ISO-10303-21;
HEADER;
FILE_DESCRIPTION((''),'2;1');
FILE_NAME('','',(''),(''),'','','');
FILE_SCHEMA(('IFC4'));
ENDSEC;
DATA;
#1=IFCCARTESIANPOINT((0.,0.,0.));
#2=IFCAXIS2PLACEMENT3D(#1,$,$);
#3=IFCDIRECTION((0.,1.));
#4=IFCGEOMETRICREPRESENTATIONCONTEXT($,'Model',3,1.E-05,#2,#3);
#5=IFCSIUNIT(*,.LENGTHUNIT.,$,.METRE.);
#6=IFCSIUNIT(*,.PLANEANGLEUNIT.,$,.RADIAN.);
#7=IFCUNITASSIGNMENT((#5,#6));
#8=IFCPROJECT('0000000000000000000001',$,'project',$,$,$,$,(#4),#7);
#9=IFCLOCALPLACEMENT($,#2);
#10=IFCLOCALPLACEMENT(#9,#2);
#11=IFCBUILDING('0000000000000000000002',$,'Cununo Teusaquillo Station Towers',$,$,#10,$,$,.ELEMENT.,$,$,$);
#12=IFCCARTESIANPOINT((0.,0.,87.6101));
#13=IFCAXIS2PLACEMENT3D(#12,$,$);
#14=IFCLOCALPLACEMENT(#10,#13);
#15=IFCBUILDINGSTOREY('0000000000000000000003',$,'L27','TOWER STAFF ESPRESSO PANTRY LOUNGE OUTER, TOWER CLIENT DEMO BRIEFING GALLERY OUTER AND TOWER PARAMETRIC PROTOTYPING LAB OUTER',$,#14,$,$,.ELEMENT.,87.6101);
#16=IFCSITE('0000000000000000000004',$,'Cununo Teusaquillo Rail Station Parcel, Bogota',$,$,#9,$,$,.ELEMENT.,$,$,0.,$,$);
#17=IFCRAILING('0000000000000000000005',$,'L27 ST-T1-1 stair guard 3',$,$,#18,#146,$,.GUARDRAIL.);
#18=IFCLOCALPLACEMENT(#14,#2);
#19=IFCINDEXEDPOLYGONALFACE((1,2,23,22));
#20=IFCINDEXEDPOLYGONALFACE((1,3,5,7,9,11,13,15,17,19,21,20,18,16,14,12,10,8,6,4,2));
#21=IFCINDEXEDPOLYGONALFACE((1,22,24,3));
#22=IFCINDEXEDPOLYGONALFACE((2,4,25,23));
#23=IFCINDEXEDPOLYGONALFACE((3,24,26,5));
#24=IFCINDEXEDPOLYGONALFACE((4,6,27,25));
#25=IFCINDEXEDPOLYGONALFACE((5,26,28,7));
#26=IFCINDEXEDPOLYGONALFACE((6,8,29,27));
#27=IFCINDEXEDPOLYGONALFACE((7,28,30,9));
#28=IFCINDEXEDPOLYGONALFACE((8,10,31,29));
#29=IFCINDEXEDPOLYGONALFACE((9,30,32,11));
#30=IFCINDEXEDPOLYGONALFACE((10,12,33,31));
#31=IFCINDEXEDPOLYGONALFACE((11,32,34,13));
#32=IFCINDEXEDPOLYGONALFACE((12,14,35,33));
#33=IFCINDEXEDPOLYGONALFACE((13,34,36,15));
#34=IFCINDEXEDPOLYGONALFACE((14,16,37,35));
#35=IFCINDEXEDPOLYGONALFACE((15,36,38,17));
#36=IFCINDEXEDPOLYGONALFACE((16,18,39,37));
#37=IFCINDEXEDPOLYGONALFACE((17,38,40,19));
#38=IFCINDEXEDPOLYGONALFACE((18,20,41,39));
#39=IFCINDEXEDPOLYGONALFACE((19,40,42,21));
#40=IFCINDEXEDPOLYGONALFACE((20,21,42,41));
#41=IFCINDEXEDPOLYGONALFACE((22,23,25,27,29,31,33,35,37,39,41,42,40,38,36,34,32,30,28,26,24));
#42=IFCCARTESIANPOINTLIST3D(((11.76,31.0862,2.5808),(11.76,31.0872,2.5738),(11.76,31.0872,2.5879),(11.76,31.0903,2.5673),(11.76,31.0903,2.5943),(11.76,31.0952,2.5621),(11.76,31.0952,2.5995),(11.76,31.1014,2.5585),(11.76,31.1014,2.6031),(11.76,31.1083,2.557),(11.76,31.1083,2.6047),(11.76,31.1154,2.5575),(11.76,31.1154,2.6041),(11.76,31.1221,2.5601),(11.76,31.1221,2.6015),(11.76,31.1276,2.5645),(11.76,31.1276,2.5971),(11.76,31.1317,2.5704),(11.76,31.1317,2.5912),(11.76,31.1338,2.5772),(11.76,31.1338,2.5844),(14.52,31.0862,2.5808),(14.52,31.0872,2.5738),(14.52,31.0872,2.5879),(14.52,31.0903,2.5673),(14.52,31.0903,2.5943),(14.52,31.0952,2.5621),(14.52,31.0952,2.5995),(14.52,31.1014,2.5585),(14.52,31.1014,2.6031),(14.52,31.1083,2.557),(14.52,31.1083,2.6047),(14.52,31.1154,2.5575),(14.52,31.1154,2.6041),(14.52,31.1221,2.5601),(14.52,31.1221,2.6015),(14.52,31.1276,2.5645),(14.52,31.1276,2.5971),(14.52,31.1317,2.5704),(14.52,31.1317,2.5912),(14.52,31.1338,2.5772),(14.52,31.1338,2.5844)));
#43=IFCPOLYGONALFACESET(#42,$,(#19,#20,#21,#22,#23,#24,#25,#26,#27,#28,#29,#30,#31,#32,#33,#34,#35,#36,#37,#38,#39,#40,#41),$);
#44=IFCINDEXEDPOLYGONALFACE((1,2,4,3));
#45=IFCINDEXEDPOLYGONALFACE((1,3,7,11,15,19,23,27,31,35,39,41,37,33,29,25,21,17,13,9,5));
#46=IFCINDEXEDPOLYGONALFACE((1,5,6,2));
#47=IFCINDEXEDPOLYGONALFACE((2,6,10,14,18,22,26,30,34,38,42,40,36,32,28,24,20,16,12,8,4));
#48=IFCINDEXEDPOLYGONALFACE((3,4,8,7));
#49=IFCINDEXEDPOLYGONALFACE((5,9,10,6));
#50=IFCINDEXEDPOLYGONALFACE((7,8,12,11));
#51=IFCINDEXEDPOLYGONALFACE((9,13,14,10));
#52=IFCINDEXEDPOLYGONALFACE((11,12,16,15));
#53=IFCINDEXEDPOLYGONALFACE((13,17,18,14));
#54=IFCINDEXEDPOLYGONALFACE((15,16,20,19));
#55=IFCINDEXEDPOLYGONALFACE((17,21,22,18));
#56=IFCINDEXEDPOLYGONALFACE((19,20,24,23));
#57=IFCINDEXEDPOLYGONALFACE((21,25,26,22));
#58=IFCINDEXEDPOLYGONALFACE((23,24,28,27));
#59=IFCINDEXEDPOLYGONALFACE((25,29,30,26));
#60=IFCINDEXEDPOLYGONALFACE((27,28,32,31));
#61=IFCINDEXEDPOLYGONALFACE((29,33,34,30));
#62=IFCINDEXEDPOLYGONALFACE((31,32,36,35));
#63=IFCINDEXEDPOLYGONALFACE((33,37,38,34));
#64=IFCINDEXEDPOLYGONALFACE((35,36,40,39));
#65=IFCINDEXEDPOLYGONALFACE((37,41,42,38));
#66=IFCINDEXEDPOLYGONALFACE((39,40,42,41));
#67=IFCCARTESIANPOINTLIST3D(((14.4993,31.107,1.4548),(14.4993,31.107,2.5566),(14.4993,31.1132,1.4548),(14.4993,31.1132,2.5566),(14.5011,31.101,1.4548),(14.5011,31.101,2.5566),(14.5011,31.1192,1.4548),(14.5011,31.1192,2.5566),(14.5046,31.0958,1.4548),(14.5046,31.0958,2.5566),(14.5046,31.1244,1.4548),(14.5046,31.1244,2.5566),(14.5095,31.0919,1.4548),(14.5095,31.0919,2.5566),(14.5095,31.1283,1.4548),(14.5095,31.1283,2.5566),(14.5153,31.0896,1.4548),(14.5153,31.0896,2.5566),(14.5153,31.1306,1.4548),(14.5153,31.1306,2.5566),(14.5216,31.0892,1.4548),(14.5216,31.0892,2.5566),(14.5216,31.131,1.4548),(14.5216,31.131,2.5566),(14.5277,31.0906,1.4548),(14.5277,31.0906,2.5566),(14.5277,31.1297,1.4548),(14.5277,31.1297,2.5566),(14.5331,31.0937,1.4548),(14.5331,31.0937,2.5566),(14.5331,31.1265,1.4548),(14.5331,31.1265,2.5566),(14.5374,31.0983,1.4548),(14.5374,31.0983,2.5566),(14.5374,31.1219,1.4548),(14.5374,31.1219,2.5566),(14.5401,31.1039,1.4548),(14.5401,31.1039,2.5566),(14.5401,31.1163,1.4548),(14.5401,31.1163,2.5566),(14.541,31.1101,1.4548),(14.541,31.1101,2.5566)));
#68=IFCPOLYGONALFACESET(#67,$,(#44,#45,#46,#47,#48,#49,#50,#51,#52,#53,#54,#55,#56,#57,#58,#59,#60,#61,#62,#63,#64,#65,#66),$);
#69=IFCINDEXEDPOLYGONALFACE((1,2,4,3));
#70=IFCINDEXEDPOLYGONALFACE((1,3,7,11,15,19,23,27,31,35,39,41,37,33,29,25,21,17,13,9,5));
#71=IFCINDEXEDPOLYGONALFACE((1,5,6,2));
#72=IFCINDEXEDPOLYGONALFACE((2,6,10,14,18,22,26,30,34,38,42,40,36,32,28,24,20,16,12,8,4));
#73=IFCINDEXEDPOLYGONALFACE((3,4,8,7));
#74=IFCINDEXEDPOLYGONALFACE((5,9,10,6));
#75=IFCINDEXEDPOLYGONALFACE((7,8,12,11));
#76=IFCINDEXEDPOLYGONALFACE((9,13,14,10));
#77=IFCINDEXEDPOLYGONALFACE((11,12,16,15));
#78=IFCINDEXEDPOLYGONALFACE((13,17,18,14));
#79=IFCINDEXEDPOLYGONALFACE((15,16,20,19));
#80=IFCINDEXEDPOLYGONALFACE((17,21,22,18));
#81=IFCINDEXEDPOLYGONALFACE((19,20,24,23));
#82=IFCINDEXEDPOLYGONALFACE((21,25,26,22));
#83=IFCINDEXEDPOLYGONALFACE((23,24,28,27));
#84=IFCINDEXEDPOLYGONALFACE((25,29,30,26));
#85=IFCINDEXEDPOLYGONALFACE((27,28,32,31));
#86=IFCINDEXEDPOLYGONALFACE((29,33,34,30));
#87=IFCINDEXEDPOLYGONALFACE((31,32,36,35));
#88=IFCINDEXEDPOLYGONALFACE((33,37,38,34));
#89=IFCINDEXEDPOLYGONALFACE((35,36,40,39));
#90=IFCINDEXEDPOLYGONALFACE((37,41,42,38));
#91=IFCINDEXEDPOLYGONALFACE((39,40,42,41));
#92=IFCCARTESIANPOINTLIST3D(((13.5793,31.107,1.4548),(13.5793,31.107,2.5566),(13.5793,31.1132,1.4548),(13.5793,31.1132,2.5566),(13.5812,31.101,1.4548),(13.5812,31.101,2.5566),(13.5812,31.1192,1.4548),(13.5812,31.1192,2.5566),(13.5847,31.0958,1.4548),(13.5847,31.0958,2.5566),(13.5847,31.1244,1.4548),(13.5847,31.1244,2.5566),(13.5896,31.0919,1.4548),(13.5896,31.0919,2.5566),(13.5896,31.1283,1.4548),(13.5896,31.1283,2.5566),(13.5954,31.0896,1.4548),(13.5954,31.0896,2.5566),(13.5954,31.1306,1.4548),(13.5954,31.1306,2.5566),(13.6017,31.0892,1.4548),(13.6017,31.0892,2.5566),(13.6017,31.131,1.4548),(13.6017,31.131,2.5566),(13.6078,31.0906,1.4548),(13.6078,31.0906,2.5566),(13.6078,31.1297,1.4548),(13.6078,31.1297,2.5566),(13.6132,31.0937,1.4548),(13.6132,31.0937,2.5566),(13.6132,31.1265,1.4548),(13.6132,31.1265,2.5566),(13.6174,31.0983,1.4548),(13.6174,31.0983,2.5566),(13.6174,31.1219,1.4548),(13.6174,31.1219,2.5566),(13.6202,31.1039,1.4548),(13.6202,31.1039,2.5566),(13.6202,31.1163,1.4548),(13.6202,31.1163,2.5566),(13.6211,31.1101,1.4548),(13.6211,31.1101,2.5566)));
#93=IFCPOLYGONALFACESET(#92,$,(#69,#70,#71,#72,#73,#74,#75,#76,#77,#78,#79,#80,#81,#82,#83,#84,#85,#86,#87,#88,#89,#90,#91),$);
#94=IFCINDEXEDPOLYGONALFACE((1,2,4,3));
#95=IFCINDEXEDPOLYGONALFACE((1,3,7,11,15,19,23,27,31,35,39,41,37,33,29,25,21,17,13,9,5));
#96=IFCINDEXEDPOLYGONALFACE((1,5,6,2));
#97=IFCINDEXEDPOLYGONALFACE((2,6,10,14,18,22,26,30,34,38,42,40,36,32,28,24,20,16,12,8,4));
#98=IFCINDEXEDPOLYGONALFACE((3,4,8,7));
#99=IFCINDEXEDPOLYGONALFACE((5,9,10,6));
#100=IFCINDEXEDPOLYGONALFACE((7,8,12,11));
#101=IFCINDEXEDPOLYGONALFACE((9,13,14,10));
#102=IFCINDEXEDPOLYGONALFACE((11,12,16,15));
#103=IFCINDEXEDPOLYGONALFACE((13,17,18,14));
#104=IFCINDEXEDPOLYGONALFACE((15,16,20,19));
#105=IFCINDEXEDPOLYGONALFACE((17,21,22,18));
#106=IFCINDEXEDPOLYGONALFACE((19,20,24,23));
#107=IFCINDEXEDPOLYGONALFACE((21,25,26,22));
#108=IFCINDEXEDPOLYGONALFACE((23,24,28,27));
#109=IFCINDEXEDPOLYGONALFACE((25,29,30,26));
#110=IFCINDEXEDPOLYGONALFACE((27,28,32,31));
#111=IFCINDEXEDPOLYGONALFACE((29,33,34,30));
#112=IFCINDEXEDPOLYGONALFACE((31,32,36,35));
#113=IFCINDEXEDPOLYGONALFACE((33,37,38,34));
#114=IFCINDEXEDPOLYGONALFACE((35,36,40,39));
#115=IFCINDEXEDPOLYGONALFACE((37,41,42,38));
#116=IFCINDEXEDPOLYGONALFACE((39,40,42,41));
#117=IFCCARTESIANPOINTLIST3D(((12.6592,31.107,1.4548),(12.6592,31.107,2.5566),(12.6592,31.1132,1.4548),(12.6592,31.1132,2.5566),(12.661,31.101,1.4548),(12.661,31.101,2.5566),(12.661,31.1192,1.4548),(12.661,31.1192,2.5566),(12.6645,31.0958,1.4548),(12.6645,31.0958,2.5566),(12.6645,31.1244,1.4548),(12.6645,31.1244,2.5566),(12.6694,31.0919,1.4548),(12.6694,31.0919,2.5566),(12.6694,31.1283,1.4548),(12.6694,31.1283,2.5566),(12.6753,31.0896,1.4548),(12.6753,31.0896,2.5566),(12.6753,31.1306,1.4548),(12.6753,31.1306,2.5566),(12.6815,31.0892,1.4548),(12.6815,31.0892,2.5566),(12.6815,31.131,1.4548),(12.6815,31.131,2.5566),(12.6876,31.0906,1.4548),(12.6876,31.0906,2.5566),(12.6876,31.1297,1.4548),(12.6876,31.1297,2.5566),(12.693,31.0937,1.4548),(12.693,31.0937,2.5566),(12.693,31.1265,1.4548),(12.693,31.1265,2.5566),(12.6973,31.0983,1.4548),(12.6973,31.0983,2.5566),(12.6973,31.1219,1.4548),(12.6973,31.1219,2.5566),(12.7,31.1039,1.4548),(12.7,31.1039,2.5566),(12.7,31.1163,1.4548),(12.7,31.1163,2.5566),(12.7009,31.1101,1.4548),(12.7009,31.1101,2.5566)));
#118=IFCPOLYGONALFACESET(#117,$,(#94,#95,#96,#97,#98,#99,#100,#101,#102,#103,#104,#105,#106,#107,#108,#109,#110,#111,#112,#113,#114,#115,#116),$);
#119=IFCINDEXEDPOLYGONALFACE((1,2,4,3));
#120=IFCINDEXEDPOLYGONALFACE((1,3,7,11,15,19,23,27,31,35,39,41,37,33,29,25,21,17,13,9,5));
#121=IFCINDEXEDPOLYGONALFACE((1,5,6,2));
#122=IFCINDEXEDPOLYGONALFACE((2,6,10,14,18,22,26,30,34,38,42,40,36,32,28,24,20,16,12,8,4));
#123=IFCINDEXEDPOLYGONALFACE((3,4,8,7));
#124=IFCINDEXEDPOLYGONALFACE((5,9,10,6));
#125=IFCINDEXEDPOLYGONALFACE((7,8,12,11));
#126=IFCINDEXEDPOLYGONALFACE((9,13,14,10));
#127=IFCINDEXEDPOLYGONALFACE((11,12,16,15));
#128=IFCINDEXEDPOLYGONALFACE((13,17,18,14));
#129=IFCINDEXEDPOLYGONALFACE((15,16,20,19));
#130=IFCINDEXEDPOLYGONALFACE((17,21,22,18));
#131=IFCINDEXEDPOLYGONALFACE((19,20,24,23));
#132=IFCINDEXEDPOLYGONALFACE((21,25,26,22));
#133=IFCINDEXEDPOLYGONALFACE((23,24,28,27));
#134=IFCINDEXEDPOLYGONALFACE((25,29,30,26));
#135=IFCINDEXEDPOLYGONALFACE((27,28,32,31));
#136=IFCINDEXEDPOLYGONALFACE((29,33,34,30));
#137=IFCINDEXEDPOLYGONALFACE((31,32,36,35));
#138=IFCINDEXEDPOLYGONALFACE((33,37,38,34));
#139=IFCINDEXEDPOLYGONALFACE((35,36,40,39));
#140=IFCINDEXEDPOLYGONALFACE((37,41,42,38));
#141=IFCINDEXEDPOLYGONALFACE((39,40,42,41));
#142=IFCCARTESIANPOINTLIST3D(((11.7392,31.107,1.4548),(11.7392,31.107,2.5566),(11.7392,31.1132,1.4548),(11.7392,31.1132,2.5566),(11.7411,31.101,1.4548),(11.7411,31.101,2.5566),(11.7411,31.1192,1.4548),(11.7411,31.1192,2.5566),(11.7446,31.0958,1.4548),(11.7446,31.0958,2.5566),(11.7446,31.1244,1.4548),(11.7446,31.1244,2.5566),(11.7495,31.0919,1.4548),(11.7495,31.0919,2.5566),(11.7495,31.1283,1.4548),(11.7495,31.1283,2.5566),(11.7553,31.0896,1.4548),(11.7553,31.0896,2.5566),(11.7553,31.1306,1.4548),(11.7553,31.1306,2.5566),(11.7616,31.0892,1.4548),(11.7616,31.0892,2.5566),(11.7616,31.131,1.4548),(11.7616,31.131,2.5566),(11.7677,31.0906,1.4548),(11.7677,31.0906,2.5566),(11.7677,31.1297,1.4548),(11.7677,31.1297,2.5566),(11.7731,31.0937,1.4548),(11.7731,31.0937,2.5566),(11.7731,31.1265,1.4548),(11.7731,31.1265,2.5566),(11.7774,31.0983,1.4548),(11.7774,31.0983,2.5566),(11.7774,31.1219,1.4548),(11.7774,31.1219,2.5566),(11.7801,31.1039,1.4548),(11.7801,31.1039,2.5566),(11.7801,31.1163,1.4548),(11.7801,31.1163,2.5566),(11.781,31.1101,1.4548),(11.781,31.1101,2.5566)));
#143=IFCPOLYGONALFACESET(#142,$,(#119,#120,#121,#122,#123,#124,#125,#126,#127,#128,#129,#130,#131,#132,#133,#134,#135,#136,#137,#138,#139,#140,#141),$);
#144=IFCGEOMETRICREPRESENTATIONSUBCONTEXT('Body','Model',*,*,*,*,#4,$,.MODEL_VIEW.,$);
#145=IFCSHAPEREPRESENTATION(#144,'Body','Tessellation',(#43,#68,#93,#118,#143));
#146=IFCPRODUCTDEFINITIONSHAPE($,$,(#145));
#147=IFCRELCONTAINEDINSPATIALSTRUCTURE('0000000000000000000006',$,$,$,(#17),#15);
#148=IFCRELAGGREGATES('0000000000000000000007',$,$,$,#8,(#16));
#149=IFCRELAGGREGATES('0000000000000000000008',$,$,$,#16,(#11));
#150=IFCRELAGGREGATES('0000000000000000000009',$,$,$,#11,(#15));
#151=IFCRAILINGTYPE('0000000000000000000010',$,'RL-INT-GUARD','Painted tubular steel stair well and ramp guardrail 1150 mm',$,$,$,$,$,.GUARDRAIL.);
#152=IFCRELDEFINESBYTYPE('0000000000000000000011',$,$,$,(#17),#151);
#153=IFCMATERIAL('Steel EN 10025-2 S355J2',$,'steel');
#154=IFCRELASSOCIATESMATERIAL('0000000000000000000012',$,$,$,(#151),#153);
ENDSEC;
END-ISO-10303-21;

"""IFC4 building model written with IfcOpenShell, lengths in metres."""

from ifc_helpers import new_model, si_unit, direction, frame, origin, origin_2d, place, context, subcontext, project, spatial, circle, extrude, material, type_object, element, save


model = new_model("IFC4")

# Units and contexts
model_context = context("Model", 3, precision=1e-05, world=origin(), true_north=direction((0.0, 1.0)))
body_context = subcontext(model_context, "Body", "Model", "MODEL_VIEW")
ifc_project = project(units=[si_unit("LENGTHUNIT", "METRE"), si_unit("PLANEANGLEUNIT", "RADIAN")], contexts=[model_context])

# Site, building, storey
site_placement = place(None, origin())
site = spatial("IfcSite", under=ifc_project, at=site_placement, Name="Cununo Teusaquillo Rail Station Parcel, Bogota", CompositionType="ELEMENT", RefElevation=0.0)
building_placement = place(site_placement, origin())
building = spatial("IfcBuilding", under=site, at=building_placement, Name="Cununo Teusaquillo Station Towers", CompositionType="ELEMENT")
storey_placement = place(building_placement, frame((0.0, 0.0, 87.6101)))
storey = spatial("IfcBuildingStorey", under=building, at=storey_placement, Name="L27", Description="TOWER STAFF ESPRESSO PANTRY LOUNGE OUTER, TOWER CLIENT DEMO BRIEFING GALLERY OUTER AND TOWER PARAMETRIC PROTOTYPING LAB OUTER", CompositionType="ELEMENT", Elevation=87.6101)

# Railing
ifc_material_1 = material(Name="Steel EN 10025-2 S355J2", Category="steel")
railing_type_1 = type_object("IfcRailingType", Name="RL-INT-GUARD", Description="Painted tubular steel stair well and ramp guardrail 1150 mm", PredefinedType="GUARDRAIL", material=ifc_material_1)
railing_1_placement = place(storey_placement, frame((14.52, 31.1101, 1.4548)))
element("IfcRailing", 1, at=railing_1_placement, inside=storey, type_object=railing_type_1, Name="L27 ST-T1-1 stair guard 3", PredefinedType="GUARDRAIL", context=body_context, shape_type="SweptSolid", body=[
    extrude(circle(Radius=0.0239, at=origin_2d()), frame((0.0, 0.0, 1.126), z_axis=(-1.0, 0.0, 0.0), x_axis=(0.0, -1.0, 0.0)), (0.0, 0.0, 1.0), 2.76),
    extrude(circle(Radius=0.021, at=origin_2d()), origin(), (0.0, 0.0, 1.0), 1.1018),
    extrude(circle(Radius=0.021, at=origin_2d()), frame((-0.9199, 0.0, 0.0)), (0.0, 0.0, 1.0), 1.1018),
    extrude(circle(Radius=0.021, at=origin_2d()), frame((-1.8401, 0.0, 0.0)), (0.0, 0.0, 1.0), 1.1018),
    extrude(circle(Radius=0.021, at=origin_2d()), frame((-2.76, 0.0, 0.0)), (0.0, 0.0, 1.0), 1.1018),
])

save(model, "model.ifc")
